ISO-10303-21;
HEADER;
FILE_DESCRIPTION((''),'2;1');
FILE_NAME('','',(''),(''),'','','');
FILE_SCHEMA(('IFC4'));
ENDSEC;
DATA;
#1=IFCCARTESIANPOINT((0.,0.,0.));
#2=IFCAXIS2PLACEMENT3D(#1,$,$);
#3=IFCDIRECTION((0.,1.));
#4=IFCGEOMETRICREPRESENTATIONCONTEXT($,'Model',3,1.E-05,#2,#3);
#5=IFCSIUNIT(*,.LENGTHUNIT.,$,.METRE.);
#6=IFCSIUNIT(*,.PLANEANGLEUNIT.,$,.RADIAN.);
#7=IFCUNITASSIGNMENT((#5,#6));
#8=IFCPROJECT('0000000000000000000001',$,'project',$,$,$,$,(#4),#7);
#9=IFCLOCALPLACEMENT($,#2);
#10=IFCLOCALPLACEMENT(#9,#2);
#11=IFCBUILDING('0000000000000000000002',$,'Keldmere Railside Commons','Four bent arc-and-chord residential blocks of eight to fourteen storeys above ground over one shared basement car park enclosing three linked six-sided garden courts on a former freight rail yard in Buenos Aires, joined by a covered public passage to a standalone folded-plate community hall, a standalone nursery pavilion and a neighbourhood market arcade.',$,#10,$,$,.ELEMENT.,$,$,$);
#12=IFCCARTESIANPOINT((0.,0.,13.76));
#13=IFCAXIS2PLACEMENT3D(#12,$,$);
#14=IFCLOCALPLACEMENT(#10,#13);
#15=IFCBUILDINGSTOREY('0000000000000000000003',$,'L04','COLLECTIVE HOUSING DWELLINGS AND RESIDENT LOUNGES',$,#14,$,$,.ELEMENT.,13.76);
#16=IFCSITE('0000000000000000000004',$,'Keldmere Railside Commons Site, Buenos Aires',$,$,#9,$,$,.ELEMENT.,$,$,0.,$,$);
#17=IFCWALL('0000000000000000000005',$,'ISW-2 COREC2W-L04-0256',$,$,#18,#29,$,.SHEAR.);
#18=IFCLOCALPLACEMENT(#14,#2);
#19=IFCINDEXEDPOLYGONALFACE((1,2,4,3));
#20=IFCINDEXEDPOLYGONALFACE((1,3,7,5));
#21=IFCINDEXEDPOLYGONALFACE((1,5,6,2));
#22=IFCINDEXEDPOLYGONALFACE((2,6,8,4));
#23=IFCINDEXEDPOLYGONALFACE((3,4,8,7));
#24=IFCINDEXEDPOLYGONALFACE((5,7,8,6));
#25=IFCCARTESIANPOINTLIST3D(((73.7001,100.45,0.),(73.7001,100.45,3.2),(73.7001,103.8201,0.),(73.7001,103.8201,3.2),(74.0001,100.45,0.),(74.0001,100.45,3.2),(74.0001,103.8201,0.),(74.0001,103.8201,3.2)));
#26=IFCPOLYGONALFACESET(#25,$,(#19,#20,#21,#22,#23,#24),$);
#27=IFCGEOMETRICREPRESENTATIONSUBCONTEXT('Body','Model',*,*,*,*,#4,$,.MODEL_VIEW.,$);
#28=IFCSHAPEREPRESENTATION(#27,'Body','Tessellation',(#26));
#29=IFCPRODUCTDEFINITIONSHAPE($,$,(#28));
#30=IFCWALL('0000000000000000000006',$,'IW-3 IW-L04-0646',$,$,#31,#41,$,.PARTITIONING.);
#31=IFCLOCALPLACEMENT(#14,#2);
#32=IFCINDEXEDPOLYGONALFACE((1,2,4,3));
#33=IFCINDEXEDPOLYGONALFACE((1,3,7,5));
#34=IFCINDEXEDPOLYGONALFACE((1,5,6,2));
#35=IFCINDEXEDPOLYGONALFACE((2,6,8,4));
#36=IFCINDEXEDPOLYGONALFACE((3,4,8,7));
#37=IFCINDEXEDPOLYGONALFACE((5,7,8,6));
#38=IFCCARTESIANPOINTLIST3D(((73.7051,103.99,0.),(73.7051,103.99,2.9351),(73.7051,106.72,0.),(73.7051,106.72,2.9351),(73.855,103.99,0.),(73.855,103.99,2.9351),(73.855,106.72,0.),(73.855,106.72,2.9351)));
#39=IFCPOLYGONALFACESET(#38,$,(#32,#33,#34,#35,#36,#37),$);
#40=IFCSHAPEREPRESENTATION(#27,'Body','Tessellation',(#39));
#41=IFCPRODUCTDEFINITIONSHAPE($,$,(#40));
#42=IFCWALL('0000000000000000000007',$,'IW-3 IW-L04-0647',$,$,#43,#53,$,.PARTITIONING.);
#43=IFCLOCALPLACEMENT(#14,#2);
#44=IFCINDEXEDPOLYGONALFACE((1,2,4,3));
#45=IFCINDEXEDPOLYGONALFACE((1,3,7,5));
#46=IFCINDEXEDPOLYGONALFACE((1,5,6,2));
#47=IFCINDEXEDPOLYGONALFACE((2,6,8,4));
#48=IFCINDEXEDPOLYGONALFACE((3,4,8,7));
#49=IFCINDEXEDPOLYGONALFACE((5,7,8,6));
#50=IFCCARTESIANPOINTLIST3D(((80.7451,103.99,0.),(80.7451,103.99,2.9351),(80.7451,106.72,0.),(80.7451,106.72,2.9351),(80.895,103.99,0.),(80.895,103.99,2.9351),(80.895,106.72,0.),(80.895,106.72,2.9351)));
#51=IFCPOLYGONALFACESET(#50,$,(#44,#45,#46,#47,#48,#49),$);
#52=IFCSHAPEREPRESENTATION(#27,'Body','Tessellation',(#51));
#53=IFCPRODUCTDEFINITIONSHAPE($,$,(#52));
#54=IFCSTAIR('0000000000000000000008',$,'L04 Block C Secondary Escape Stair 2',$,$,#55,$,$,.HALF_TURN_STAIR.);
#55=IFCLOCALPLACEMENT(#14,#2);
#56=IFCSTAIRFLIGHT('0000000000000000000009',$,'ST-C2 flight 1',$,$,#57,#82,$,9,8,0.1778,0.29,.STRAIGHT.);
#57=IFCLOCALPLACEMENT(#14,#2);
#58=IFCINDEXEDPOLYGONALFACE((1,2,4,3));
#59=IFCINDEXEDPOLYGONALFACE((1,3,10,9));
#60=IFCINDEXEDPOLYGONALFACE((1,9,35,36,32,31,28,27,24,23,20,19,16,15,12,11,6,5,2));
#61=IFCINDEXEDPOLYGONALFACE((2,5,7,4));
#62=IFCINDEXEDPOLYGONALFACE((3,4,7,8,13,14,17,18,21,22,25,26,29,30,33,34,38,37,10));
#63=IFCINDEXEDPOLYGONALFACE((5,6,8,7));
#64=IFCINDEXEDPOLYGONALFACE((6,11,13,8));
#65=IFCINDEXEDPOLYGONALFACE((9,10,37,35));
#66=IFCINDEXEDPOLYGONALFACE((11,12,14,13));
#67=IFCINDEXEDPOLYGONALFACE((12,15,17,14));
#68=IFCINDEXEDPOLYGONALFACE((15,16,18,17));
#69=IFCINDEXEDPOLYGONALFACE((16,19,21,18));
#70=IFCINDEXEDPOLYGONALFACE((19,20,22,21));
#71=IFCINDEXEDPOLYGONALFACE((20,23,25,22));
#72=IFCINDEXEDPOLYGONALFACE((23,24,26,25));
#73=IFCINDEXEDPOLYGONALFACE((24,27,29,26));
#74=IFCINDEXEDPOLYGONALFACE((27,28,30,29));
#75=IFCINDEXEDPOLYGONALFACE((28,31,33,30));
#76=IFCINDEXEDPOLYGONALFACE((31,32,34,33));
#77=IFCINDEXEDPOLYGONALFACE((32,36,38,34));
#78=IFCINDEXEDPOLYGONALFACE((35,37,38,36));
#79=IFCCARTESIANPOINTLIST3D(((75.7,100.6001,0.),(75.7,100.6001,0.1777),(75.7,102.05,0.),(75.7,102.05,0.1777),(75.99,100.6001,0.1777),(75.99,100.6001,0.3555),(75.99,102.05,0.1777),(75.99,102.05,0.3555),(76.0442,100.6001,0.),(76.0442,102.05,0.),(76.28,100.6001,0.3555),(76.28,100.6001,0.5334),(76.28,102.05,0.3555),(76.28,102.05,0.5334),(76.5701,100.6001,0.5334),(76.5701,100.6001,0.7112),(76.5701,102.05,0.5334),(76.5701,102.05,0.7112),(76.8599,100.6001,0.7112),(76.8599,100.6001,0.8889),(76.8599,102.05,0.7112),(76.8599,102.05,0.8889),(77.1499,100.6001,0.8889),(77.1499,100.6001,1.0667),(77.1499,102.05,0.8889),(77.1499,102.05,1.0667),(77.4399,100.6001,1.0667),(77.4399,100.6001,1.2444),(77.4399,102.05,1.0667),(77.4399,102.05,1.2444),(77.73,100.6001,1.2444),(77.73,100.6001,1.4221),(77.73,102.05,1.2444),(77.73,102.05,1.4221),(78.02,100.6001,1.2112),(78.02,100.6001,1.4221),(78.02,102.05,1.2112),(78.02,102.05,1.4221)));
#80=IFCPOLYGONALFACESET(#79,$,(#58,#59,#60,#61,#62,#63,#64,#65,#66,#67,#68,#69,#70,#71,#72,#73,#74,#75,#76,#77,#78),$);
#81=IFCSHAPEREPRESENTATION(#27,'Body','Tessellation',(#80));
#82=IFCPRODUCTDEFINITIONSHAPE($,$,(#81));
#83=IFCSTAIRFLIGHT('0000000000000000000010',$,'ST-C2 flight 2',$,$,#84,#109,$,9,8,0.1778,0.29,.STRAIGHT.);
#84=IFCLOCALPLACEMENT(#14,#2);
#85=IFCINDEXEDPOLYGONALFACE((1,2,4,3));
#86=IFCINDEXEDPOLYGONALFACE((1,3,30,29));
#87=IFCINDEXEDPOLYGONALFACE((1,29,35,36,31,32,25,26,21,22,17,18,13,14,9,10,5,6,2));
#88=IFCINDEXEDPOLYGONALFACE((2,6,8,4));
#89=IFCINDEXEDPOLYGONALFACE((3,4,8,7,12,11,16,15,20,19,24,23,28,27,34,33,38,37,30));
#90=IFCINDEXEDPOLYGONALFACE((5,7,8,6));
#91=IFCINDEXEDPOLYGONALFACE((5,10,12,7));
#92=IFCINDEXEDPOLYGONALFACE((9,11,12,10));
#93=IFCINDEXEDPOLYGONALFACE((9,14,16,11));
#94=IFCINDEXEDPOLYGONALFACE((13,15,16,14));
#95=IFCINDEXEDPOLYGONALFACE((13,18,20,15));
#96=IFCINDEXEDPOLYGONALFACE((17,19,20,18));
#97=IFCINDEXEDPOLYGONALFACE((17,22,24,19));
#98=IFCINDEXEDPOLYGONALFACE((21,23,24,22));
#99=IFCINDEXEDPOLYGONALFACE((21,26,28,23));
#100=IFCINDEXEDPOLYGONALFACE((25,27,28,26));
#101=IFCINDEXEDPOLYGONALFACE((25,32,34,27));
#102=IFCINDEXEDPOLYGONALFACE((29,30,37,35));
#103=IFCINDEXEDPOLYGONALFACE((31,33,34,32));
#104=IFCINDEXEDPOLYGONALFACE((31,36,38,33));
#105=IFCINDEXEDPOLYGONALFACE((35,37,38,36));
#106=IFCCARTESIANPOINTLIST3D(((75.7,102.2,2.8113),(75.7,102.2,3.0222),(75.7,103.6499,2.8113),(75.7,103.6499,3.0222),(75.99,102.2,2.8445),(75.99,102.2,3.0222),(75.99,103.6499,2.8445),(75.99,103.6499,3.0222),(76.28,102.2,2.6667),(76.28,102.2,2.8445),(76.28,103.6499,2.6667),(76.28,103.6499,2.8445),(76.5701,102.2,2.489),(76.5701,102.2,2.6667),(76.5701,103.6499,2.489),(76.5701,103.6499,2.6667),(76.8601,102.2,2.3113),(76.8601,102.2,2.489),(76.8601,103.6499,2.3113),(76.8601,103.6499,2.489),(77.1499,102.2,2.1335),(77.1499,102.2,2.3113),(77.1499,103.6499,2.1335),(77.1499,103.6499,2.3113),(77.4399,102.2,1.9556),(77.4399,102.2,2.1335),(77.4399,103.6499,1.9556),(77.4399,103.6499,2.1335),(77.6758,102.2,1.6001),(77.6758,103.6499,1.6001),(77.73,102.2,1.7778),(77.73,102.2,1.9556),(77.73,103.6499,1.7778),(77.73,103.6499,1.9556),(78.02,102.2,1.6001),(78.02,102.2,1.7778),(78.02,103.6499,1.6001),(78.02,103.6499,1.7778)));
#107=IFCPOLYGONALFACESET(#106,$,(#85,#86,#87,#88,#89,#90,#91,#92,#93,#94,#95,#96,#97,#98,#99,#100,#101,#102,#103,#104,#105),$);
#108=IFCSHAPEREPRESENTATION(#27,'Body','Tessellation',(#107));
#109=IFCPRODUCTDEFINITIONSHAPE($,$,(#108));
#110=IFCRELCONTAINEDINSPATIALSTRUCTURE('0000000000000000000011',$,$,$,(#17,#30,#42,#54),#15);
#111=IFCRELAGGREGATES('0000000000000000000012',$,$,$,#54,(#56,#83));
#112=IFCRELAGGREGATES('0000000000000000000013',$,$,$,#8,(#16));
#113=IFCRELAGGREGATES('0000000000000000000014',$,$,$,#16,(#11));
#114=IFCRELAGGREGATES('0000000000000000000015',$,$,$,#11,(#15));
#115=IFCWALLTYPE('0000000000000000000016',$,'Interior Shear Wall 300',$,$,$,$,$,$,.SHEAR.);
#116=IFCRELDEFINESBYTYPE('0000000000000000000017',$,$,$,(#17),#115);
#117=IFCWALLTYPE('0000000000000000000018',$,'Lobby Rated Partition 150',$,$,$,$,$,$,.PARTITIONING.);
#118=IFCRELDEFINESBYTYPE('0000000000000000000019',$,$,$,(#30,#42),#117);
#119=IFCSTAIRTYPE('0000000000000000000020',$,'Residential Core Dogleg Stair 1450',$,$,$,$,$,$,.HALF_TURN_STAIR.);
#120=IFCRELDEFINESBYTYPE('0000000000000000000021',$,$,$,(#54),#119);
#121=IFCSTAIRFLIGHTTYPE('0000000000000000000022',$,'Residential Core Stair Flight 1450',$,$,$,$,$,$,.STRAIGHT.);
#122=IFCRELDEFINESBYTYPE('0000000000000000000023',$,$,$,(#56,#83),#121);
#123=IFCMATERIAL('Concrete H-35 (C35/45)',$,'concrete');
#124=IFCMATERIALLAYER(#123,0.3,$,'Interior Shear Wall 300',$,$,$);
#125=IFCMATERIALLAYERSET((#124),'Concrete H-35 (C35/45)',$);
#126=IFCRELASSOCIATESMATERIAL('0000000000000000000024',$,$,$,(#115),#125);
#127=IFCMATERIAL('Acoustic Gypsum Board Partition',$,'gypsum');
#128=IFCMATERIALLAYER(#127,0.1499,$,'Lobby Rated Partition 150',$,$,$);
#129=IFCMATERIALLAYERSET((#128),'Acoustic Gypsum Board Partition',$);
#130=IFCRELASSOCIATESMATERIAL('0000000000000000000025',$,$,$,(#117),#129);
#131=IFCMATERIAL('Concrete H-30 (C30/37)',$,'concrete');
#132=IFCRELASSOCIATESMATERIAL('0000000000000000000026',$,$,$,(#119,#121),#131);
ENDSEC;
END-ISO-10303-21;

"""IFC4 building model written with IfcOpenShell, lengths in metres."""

from ifc_helpers import new_model, si_unit, direction, frame, frame_2d, origin, place, context, subcontext, project, spatial, polyline, rectangle, outline, extrude, material, layer, layer_set, type_object, element, aggregate, save


model = new_model("IFC4")

# Units and contexts
model_context = context("Model", 3, precision=1e-05, world=origin(), true_north=direction((0.0, 1.0)))
body_context = subcontext(model_context, "Body", "Model", "MODEL_VIEW")
ifc_project = project(units=[si_unit("LENGTHUNIT", "METRE"), si_unit("PLANEANGLEUNIT", "RADIAN")], contexts=[model_context])

# Site, building, storey
site_placement = place(None, origin())
site = spatial("IfcSite", under=ifc_project, at=site_placement, Name="Keldmere Railside Commons Site, Buenos Aires", CompositionType="ELEMENT", RefElevation=0.0)
building_placement = place(site_placement, origin())
building = spatial("IfcBuilding", under=site, at=building_placement, Name="Keldmere Railside Commons", Description="Four bent arc-and-chord residential blocks of eight to fourteen storeys above ground over one shared basement car park enclosing three linked six-sided garden courts on a former freight rail yard in Buenos Aires, joined by a covered public passage to a standalone folded-plate community hall, a standalone nursery pavilion and a neighbourhood market arcade.", CompositionType="ELEMENT")
storey_placement = place(building_placement, frame((0.0, 0.0, 13.76)))
storey = spatial("IfcBuildingStorey", under=building, at=storey_placement, Name="L04", Description="COLLECTIVE HOUSING DWELLINGS AND RESIDENT LOUNGES", CompositionType="ELEMENT", Elevation=13.76)

# Wall
ifc_material_1 = material(Name="Concrete H-35 (C35/45)", Category="concrete")
ifc_layer_1 = layer(ifc_material_1, 0.3, Name="Interior Shear Wall 300")
ifc_layer_set_1 = layer_set([ifc_layer_1], Name="Concrete H-35 (C35/45)")
wall_type_1 = type_object("IfcWallType", Name="Interior Shear Wall 300", PredefinedType="SHEAR", material=ifc_layer_set_1)
wall_1_placement = place(storey_placement, frame((73.8501, 103.8201, 0.0), z_axis=(0.0, 0.0, 1.0), x_axis=(0.0, -1.0, 0.0)))
element("IfcWall", 1, at=wall_1_placement, inside=storey, type_object=wall_type_1, Name="ISW-2 COREC2W-L04-0256", PredefinedType="SHEAR", context=body_context, shape_type="SweptSolid", body=[
    extrude(rectangle(XDim=3.3701, YDim=0.3, at=frame_2d((1.6851, 0.0))), origin(), (0.0, 0.0, 1.0), 3.2),
])

# Walls
ifc_material_2 = material(Name="Acoustic Gypsum Board Partition", Category="gypsum")
ifc_layer_2 = layer(ifc_material_2, 0.1499, Name="Lobby Rated Partition 150")
ifc_layer_set_2 = layer_set([ifc_layer_2], Name="Acoustic Gypsum Board Partition")
wall_type_2 = type_object("IfcWallType", Name="Lobby Rated Partition 150", PredefinedType="PARTITIONING", material=ifc_layer_set_2)
for number, where, z_axis, x_axis, name in (
    (2, (73.78, 103.99, 0.0), (0.0, 0.0, 1.0), (0.0, 1.0, 0.0), "IW-3 IW-L04-0646"),
    (3, (80.8201, 103.99, 0.0), (0.0, 0.0, 1.0), (0.0, 1.0, 0.0), "IW-3 IW-L04-0647"),
):
    element("IfcWall", number, at=place(storey_placement, frame(where, z_axis=z_axis, x_axis=x_axis)), inside=storey, type_object=wall_type_2, Name=name, PredefinedType="PARTITIONING", context=body_context, shape_type="SweptSolid", body=[
        extrude(rectangle(XDim=2.73, YDim=0.1499, at=frame_2d((1.365, 0.0))), origin(), (0.0, 0.0, 1.0), 2.9351),
    ])

# Stair, stair flights
ifc_material_3 = material(Name="Concrete H-30 (C30/37)", Category="concrete")
stair_type = type_object("IfcStairType", Name="Residential Core Dogleg Stair 1450", PredefinedType="HALF_TURN_STAIR", material=ifc_material_3)
stair_placement = place(storey_placement, origin())
stair = element("IfcStair", 4, at=stair_placement, inside=storey, type_object=stair_type, Name="L04 Block C Secondary Escape Stair 2", PredefinedType="HALF_TURN_STAIR")
stair_flight_type = type_object("IfcStairFlightType", Name="Residential Core Stair Flight 1450", PredefinedType="STRAIGHT", material=ifc_material_3)
stair_flight_1_placement = place(storey_placement, frame((75.7, 101.325, 0.0), z_axis=(0.0, 0.0, 1.0), x_axis=(1.0, 0.0, 0.0)))
stair_flight_1 = element("IfcStairFlight", 5, at=stair_flight_1_placement, type_object=stair_flight_type, Name="ST-C2 flight 1", NumberOfRisers=9, NumberOfTreads=8, PredefinedType="STRAIGHT", RiserHeight=0.1778, TreadLength=0.29, context=body_context, shape_type="SweptSolid", body=[
    extrude(outline(polyline([(0.0, 0.0), (0.0, 0.1777), (0.29, 0.1777), (0.29, 0.3555), (0.5801, 0.3555), (0.5801, 0.5334), (0.8701, 0.5334), (0.8701, 0.7112), (1.1599, 0.7112), (1.1599, 0.8889), (1.45, 0.8889), (1.45, 1.0667), (1.74, 1.0667), (1.74, 1.2444), (2.03, 1.2444), (2.03, 1.4221), (2.3201, 1.4221), (2.3201, 1.6001), (2.3201, 1.2112), (0.3442, 0.0), (0.0, 0.0)])), frame((0.0, 0.7251, 0.0), z_axis=(0.0, -1.0, 0.0), x_axis=(1.0, 0.0, 0.0)), (0.0, 0.0, 1.0), 1.45),
])
stair_flight_2_placement = place(storey_placement, frame((78.02, 102.925, 1.6001), z_axis=(0.0, 0.0, 1.0), x_axis=(-1.0, 0.0, 0.0)))
stair_flight_2 = element("IfcStairFlight", 6, at=stair_flight_2_placement, type_object=stair_flight_type, Name="ST-C2 flight 2", NumberOfRisers=9, NumberOfTreads=8, PredefinedType="STRAIGHT", RiserHeight=0.1778, TreadLength=0.29, context=body_context, shape_type="SweptSolid", body=[
    extrude(outline(polyline([(0.0, 0.0), (0.0, 0.1777), (0.29, 0.1777), (0.29, 0.3555), (0.5801, 0.3555), (0.5801, 0.5334), (0.8701, 0.5334), (0.8701, 0.7112), (1.1599, 0.7112), (1.1599, 0.8889), (1.45, 0.8889), (1.45, 1.0667), (1.74, 1.0667), (1.74, 1.2444), (2.03, 1.2444), (2.03, 1.4221), (2.3201, 1.4221), (2.3201, 1.6001), (2.3201, 1.2112), (0.3442, 0.0), (0.0, 0.0)])), frame((0.0, 0.7251, 0.0), z_axis=(0.0, -1.0, 0.0), x_axis=(1.0, 0.0, 0.0)), (0.0, 0.0, 1.0), 1.45),
])
aggregate(stair, [stair_flight_1, stair_flight_2])

save(model, "model.ifc")
